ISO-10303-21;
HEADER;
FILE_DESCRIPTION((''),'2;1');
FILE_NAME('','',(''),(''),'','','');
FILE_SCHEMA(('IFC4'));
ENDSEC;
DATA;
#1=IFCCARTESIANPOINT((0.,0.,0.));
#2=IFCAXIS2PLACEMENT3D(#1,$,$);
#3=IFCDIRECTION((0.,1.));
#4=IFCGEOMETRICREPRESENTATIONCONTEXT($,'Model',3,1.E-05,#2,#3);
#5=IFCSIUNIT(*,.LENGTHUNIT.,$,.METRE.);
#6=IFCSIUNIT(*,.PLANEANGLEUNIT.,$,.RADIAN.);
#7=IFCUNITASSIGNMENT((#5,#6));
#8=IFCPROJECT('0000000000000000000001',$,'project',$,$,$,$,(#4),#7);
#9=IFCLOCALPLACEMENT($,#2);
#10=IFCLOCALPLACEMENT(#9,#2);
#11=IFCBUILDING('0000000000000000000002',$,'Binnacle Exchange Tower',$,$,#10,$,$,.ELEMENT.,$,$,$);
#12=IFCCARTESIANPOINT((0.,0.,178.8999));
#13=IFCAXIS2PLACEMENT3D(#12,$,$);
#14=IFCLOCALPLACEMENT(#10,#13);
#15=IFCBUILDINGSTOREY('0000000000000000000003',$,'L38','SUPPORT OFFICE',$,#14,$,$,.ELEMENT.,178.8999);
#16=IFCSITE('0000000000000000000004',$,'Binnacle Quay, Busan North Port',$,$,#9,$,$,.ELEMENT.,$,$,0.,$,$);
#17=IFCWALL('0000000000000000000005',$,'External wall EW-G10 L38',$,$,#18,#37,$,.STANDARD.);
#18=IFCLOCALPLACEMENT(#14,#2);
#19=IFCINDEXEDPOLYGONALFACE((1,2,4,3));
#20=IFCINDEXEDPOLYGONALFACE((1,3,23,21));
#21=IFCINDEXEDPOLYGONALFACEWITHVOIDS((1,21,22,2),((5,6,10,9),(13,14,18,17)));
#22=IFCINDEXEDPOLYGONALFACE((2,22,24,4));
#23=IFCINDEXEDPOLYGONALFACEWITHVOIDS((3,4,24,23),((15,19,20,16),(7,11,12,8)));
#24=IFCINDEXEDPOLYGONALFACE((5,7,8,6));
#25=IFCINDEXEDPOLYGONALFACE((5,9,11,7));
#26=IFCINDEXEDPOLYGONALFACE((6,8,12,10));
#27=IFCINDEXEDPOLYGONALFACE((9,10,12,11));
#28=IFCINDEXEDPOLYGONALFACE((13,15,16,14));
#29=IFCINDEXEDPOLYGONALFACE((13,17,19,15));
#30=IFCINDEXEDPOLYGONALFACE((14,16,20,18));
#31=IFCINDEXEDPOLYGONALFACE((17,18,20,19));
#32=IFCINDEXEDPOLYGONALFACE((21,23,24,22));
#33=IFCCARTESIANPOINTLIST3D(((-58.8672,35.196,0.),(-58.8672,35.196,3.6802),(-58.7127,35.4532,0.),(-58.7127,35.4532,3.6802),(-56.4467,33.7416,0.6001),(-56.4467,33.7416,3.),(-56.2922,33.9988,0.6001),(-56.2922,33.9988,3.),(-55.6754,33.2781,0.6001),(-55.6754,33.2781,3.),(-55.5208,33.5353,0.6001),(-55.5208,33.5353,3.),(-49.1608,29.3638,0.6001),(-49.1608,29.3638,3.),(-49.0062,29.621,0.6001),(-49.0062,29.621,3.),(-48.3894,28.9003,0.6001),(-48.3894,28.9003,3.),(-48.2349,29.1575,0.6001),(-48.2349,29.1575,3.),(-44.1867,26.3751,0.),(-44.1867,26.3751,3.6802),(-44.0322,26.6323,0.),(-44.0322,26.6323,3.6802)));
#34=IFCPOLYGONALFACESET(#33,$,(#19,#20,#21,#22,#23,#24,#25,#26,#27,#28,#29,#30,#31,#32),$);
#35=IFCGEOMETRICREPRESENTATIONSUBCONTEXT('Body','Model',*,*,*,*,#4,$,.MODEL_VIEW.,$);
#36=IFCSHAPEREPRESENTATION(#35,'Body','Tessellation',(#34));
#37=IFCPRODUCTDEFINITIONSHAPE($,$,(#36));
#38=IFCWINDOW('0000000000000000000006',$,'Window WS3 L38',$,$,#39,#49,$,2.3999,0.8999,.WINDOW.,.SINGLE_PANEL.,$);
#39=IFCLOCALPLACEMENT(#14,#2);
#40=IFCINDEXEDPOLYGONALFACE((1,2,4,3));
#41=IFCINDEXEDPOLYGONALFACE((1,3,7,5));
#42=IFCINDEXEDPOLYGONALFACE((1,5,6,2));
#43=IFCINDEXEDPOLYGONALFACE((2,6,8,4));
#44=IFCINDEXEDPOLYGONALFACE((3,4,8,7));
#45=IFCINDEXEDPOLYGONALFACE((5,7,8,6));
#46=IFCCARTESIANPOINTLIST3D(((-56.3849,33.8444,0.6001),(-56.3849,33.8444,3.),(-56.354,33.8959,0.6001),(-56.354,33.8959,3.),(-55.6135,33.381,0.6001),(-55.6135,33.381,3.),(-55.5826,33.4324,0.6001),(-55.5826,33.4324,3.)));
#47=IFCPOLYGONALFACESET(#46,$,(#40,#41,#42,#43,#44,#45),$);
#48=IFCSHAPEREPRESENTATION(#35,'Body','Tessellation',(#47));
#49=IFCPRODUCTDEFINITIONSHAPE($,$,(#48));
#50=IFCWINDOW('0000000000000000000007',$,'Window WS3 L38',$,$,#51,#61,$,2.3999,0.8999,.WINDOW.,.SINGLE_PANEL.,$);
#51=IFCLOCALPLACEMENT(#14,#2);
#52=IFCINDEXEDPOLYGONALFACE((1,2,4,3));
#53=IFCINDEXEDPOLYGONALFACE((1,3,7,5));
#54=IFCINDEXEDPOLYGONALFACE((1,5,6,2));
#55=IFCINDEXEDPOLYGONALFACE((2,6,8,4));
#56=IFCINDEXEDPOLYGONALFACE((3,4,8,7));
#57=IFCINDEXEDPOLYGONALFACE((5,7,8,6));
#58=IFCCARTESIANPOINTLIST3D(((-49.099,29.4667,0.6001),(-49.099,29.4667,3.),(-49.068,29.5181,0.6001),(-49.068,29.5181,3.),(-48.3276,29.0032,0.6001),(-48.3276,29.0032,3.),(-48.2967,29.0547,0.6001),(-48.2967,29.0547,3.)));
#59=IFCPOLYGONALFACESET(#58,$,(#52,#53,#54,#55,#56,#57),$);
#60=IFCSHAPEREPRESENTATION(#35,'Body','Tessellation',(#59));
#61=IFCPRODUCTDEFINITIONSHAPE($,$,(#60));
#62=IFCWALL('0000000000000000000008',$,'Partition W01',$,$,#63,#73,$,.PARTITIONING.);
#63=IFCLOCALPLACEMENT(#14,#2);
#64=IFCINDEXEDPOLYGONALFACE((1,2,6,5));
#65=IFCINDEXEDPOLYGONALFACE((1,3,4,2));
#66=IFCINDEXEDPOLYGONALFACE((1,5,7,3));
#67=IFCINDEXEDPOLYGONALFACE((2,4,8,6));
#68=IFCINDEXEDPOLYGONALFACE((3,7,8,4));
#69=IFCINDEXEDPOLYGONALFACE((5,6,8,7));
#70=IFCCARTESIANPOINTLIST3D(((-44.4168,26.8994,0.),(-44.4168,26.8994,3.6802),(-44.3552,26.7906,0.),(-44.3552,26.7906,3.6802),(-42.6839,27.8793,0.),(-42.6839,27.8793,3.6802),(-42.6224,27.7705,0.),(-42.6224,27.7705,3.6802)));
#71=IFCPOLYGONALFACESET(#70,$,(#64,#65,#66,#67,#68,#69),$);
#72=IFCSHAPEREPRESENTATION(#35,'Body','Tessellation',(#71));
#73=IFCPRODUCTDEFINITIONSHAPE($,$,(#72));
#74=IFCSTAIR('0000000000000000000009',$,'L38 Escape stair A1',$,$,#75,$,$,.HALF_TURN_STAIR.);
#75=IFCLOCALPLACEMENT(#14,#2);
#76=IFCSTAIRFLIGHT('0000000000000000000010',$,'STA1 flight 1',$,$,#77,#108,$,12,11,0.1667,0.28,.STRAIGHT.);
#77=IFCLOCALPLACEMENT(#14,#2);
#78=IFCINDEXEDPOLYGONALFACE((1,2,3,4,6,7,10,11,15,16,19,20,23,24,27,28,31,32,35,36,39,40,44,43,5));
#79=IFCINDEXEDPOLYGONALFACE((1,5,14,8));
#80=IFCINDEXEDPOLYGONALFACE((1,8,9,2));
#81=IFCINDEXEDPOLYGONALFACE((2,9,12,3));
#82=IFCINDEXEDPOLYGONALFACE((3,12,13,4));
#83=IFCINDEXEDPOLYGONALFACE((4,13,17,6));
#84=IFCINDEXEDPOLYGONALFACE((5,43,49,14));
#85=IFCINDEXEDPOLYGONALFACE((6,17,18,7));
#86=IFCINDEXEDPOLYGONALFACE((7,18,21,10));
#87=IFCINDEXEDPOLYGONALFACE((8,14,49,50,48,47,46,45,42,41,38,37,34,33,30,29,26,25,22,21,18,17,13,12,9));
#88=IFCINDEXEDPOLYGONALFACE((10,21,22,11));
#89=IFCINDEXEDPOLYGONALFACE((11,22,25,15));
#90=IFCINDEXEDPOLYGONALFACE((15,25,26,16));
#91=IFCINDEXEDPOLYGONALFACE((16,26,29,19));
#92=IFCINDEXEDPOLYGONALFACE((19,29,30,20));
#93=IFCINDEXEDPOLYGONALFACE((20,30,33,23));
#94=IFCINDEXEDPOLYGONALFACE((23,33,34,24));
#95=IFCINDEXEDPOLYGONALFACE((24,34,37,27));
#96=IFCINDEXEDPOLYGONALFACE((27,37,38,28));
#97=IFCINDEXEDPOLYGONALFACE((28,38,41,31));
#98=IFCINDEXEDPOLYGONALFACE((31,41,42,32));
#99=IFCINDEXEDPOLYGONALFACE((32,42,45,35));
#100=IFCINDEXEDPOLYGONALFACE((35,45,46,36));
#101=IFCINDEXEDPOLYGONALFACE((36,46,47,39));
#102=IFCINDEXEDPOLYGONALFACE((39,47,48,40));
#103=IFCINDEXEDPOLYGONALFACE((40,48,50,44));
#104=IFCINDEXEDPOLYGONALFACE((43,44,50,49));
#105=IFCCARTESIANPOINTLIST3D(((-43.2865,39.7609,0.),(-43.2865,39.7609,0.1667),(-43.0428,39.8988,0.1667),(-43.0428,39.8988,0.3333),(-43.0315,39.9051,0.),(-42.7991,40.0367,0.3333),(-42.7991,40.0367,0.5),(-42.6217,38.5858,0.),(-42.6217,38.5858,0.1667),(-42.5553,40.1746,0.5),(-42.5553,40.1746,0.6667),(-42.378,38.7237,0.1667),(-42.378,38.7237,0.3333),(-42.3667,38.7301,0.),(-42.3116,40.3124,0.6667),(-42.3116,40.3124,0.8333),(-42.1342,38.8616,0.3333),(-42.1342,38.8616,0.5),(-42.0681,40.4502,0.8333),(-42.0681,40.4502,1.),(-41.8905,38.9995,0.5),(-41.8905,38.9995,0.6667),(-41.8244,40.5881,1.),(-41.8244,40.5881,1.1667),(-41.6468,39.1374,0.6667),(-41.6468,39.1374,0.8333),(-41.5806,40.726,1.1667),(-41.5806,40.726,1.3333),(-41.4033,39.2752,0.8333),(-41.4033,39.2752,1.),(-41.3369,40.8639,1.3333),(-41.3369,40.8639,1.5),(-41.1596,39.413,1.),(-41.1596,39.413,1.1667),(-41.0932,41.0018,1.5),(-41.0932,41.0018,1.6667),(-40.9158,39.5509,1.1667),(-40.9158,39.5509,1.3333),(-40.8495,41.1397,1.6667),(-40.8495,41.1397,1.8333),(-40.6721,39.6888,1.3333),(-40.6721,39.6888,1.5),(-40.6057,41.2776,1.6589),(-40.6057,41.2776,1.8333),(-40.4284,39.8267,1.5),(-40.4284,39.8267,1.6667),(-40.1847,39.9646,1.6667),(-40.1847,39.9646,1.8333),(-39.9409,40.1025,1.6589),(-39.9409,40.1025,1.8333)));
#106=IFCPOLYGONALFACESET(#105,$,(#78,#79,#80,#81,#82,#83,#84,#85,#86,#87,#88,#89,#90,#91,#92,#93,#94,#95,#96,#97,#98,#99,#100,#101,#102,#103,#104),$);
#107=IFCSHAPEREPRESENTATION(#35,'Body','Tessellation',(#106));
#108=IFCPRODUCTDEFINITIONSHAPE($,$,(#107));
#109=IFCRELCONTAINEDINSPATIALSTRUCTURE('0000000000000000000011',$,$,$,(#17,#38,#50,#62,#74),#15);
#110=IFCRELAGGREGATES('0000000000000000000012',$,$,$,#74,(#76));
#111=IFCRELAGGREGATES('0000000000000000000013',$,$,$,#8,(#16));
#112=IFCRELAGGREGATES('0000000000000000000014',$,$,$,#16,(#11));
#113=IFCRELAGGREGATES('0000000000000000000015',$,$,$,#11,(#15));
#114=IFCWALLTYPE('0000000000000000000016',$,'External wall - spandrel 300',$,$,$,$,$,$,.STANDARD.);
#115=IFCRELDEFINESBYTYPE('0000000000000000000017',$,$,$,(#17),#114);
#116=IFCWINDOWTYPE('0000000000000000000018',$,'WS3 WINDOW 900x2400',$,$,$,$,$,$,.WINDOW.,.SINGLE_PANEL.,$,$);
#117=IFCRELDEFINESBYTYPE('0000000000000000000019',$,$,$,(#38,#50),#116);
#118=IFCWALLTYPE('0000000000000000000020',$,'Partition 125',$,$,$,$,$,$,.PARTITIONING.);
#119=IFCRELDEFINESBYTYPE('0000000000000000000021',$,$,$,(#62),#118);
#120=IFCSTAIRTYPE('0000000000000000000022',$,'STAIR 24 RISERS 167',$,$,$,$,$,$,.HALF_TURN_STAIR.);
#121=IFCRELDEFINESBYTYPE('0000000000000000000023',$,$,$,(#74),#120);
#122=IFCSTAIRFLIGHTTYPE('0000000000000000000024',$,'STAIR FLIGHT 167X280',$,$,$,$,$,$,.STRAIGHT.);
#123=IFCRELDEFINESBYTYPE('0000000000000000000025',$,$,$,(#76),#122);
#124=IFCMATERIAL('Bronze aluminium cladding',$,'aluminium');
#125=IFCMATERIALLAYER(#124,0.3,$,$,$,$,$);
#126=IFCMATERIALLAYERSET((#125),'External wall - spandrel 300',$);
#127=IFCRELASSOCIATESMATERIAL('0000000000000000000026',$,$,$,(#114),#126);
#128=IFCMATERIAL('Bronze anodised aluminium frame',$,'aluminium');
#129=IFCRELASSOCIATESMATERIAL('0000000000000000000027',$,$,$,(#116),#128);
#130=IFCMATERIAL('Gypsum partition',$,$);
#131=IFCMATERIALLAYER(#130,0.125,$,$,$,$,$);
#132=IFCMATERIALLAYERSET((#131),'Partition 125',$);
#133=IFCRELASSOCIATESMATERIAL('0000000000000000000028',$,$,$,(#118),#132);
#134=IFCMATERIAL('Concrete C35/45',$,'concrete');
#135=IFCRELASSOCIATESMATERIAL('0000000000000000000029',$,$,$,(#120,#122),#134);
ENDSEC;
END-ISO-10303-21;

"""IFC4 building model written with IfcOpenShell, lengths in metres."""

from ifc_helpers import new_model, si_unit, direction, frame, frame_2d, origin, place, context, subcontext, project, spatial, polyline, rectangle, outline, extrude, material, layer, layer_set, type_object, element, fill, aggregate, save


model = new_model("IFC4")

# Units and contexts
model_context = context("Model", 3, precision=1e-05, world=origin(), true_north=direction((0.0, 1.0)))
body_context = subcontext(model_context, "Body", "Model", "MODEL_VIEW")
ifc_project = project(units=[si_unit("LENGTHUNIT", "METRE"), si_unit("PLANEANGLEUNIT", "RADIAN")], contexts=[model_context])

# Site, building, storey
site_placement = place(None, origin())
site = spatial("IfcSite", under=ifc_project, at=site_placement, Name="Binnacle Quay, Busan North Port", CompositionType="ELEMENT", RefElevation=0.0)
building_placement = place(site_placement, origin())
building = spatial("IfcBuilding", under=site, at=building_placement, Name="Binnacle Exchange Tower", CompositionType="ELEMENT")
storey_placement = place(building_placement, frame((0.0, 0.0, 178.8999)))
storey = spatial("IfcBuildingStorey", under=building, at=storey_placement, Name="L38", Description="SUPPORT OFFICE", CompositionType="ELEMENT", Elevation=178.8999)

# Shared definitions
ifc_material_1 = material(Name="Bronze aluminium cladding", Category="aluminium")
ifc_layer_1 = layer(ifc_material_1, 0.3)
ifc_layer_set_1 = layer_set([ifc_layer_1], Name="External wall - spandrel 300")
wall_type_1 = type_object("IfcWallType", Name="External wall - spandrel 300", PredefinedType="STANDARD", material=ifc_layer_set_1)
ifc_material_2 = material(Name="Bronze anodised aluminium frame", Category="aluminium")
window_type = type_object("IfcWindowType", Name="WS3 WINDOW 900x2400", PartitioningType="SINGLE_PANEL", PredefinedType="WINDOW", material=ifc_material_2)

# Wall, openings, windows
wall_1_placement = place(storey_placement, frame((-44.1094, 26.5037, 0.0), z_axis=(0.0, 0.0, 1.0), x_axis=(-0.85717, 0.515034, 0.0)))
wall_1 = element("IfcWall", 1, at=wall_1_placement, inside=storey, type_object=wall_type_1, Name="External wall EW-G10 L38", PredefinedType="STANDARD", context=body_context, shape_type="SweptSolid", body=[
    extrude(rectangle(XDim=17.1267, YDim=0.3, at=frame_2d((8.5635, 0.0))), origin(), (0.0, 0.0, 1.0), 3.6802),
])
opening_1_placement = place(wall_1_placement, frame((13.4031, 0.0, 0.6001)))
opening_1 = element("IfcOpeningElement", 2, at=opening_1_placement, cuts=wall_1, PredefinedType="OPENING", context=body_context, shape_type="SweptSolid", body=[
    extrude(rectangle(XDim=0.8999, YDim=2.3999, at=frame_2d((0.45, 1.2))), frame((0.0, 0.1599, 0.0), z_axis=(0.0, -1.0, 0.0), x_axis=(1.0, 0.0, 0.0)), (0.0, 0.0, 1.0), 0.3201),
])
opening_2_placement = place(wall_1_placement, frame((4.9031, 0.0, 0.6001)))
opening_2 = element("IfcOpeningElement", 3, at=opening_2_placement, cuts=wall_1, PredefinedType="OPENING", context=body_context, shape_type="SweptSolid", body=[
    extrude(rectangle(XDim=0.8999, YDim=2.3999, at=frame_2d((0.45, 1.2))), frame((0.0, 0.1599, 0.0), z_axis=(0.0, -1.0, 0.0), x_axis=(1.0, 0.0, 0.0)), (0.0, 0.0, 1.0), 0.3201),
])
window_1_placement = place(opening_1_placement, origin())
window_1 = element("IfcWindow", 4, at=window_1_placement, inside=storey, type_object=window_type, Name="Window WS3 L38", OverallHeight=2.3999, OverallWidth=0.8999, PartitioningType="SINGLE_PANEL", PredefinedType="WINDOW", context=body_context, shape_type="SweptSolid", body=[
    extrude(rectangle(XDim=0.8999, YDim=2.3999, at=frame_2d((0.45, 1.2))), frame((0.0, 0.03, 0.0), z_axis=(0.0, -1.0, 0.0), x_axis=(1.0, 0.0, 0.0)), (0.0, 0.0, 1.0), 0.0601),
])
fill(opening_1, window_1)
window_2_placement = place(opening_2_placement, origin())
window_2 = element("IfcWindow", 5, at=window_2_placement, inside=storey, type_object=window_type, Name="Window WS3 L38", OverallHeight=2.3999, OverallWidth=0.8999, PartitioningType="SINGLE_PANEL", PredefinedType="WINDOW", context=body_context, shape_type="SweptSolid", body=[
    extrude(rectangle(XDim=0.8999, YDim=2.3999, at=frame_2d((0.45, 1.2))), frame((0.0, 0.03, 0.0), z_axis=(0.0, -1.0, 0.0), x_axis=(1.0, 0.0, 0.0)), (0.0, 0.0, 1.0), 0.0601),
])
fill(opening_2, window_2)

# Wall
ifc_material_3 = material(Name="Gypsum partition")
ifc_layer_2 = layer(ifc_material_3, 0.125)
ifc_layer_set_2 = layer_set([ifc_layer_2], Name="Partition 125")
wall_type_2 = type_object("IfcWallType", Name="Partition 125", PredefinedType="PARTITIONING", material=ifc_layer_set_2)
wall_2_placement = place(storey_placement, frame((-44.386, 26.845, 0.0), z_axis=(0.0, 0.0, 1.0), x_axis=(0.870453, 0.492251, 0.0)))
element("IfcWall", 6, at=wall_2_placement, inside=storey, type_object=wall_type_2, Name="Partition W01", PredefinedType="PARTITIONING", context=body_context, shape_type="SweptSolid", body=[
    extrude(rectangle(XDim=1.9907, YDim=0.125, at=frame_2d((0.9954, 0.0))), origin(), (0.0, 0.0, 1.0), 3.6802),
])

# Stair, stair flight
ifc_material_4 = material(Name="Concrete C35/45", Category="concrete")
stair_type = type_object("IfcStairType", Name="STAIR 24 RISERS 167", PredefinedType="HALF_TURN_STAIR", material=ifc_material_4)
stair_placement = place(storey_placement, origin())
stair = element("IfcStair", 7, at=stair_placement, inside=storey, type_object=stair_type, Name="L38 Escape stair A1", PredefinedType="HALF_TURN_STAIR")
stair_flight_type = type_object("IfcStairFlightType", Name="STAIR FLIGHT 167X280", PredefinedType="STRAIGHT", material=ifc_material_4)
stair_flight_placement = place(storey_placement, frame((-42.9541, 39.1733, 0.0), z_axis=(0.0, 0.0, 1.0), x_axis=(0.870356, 0.492424, 0.0)))
stair_flight = element("IfcStairFlight", 8, at=stair_flight_placement, type_object=stair_flight_type, Name="STA1 flight 1", NumberOfRisers=12, NumberOfTreads=11, PredefinedType="STRAIGHT", RiserHeight=0.1667, TreadLength=0.28, context=body_context, shape_type="SweptSolid", body=[
    extrude(outline(polyline([(0.0, 0.0), (0.0, 0.1667), (0.28, 0.1667), (0.28, 0.3333), (0.5601, 0.3333), (0.5601, 0.5), (0.8401, 0.5), (0.8401, 0.6667), (1.1201, 0.6667), (1.1201, 0.8333), (1.3999, 0.8333), (1.3999, 1.0), (1.6799, 1.0), (1.6799, 1.1667), (1.96, 1.1667), (1.96, 1.3333), (2.24, 1.3333), (2.24, 1.5), (2.52, 1.5), (2.52, 1.6667), (2.8, 1.6667), (2.8, 1.8333), (3.0801, 1.8333), (3.0801, 2.0), (3.0801, 1.6589), (0.293, 0.0), (0.0, 0.0)])), frame((0.0, 0.675, 0.0), z_axis=(0.0, -1.0, 0.0), x_axis=(1.0, 0.0, 0.0)), (0.0, 0.0, 1.0), 1.3501),
])
aggregate(stair, [stair_flight])

save(model, "model.ifc")
